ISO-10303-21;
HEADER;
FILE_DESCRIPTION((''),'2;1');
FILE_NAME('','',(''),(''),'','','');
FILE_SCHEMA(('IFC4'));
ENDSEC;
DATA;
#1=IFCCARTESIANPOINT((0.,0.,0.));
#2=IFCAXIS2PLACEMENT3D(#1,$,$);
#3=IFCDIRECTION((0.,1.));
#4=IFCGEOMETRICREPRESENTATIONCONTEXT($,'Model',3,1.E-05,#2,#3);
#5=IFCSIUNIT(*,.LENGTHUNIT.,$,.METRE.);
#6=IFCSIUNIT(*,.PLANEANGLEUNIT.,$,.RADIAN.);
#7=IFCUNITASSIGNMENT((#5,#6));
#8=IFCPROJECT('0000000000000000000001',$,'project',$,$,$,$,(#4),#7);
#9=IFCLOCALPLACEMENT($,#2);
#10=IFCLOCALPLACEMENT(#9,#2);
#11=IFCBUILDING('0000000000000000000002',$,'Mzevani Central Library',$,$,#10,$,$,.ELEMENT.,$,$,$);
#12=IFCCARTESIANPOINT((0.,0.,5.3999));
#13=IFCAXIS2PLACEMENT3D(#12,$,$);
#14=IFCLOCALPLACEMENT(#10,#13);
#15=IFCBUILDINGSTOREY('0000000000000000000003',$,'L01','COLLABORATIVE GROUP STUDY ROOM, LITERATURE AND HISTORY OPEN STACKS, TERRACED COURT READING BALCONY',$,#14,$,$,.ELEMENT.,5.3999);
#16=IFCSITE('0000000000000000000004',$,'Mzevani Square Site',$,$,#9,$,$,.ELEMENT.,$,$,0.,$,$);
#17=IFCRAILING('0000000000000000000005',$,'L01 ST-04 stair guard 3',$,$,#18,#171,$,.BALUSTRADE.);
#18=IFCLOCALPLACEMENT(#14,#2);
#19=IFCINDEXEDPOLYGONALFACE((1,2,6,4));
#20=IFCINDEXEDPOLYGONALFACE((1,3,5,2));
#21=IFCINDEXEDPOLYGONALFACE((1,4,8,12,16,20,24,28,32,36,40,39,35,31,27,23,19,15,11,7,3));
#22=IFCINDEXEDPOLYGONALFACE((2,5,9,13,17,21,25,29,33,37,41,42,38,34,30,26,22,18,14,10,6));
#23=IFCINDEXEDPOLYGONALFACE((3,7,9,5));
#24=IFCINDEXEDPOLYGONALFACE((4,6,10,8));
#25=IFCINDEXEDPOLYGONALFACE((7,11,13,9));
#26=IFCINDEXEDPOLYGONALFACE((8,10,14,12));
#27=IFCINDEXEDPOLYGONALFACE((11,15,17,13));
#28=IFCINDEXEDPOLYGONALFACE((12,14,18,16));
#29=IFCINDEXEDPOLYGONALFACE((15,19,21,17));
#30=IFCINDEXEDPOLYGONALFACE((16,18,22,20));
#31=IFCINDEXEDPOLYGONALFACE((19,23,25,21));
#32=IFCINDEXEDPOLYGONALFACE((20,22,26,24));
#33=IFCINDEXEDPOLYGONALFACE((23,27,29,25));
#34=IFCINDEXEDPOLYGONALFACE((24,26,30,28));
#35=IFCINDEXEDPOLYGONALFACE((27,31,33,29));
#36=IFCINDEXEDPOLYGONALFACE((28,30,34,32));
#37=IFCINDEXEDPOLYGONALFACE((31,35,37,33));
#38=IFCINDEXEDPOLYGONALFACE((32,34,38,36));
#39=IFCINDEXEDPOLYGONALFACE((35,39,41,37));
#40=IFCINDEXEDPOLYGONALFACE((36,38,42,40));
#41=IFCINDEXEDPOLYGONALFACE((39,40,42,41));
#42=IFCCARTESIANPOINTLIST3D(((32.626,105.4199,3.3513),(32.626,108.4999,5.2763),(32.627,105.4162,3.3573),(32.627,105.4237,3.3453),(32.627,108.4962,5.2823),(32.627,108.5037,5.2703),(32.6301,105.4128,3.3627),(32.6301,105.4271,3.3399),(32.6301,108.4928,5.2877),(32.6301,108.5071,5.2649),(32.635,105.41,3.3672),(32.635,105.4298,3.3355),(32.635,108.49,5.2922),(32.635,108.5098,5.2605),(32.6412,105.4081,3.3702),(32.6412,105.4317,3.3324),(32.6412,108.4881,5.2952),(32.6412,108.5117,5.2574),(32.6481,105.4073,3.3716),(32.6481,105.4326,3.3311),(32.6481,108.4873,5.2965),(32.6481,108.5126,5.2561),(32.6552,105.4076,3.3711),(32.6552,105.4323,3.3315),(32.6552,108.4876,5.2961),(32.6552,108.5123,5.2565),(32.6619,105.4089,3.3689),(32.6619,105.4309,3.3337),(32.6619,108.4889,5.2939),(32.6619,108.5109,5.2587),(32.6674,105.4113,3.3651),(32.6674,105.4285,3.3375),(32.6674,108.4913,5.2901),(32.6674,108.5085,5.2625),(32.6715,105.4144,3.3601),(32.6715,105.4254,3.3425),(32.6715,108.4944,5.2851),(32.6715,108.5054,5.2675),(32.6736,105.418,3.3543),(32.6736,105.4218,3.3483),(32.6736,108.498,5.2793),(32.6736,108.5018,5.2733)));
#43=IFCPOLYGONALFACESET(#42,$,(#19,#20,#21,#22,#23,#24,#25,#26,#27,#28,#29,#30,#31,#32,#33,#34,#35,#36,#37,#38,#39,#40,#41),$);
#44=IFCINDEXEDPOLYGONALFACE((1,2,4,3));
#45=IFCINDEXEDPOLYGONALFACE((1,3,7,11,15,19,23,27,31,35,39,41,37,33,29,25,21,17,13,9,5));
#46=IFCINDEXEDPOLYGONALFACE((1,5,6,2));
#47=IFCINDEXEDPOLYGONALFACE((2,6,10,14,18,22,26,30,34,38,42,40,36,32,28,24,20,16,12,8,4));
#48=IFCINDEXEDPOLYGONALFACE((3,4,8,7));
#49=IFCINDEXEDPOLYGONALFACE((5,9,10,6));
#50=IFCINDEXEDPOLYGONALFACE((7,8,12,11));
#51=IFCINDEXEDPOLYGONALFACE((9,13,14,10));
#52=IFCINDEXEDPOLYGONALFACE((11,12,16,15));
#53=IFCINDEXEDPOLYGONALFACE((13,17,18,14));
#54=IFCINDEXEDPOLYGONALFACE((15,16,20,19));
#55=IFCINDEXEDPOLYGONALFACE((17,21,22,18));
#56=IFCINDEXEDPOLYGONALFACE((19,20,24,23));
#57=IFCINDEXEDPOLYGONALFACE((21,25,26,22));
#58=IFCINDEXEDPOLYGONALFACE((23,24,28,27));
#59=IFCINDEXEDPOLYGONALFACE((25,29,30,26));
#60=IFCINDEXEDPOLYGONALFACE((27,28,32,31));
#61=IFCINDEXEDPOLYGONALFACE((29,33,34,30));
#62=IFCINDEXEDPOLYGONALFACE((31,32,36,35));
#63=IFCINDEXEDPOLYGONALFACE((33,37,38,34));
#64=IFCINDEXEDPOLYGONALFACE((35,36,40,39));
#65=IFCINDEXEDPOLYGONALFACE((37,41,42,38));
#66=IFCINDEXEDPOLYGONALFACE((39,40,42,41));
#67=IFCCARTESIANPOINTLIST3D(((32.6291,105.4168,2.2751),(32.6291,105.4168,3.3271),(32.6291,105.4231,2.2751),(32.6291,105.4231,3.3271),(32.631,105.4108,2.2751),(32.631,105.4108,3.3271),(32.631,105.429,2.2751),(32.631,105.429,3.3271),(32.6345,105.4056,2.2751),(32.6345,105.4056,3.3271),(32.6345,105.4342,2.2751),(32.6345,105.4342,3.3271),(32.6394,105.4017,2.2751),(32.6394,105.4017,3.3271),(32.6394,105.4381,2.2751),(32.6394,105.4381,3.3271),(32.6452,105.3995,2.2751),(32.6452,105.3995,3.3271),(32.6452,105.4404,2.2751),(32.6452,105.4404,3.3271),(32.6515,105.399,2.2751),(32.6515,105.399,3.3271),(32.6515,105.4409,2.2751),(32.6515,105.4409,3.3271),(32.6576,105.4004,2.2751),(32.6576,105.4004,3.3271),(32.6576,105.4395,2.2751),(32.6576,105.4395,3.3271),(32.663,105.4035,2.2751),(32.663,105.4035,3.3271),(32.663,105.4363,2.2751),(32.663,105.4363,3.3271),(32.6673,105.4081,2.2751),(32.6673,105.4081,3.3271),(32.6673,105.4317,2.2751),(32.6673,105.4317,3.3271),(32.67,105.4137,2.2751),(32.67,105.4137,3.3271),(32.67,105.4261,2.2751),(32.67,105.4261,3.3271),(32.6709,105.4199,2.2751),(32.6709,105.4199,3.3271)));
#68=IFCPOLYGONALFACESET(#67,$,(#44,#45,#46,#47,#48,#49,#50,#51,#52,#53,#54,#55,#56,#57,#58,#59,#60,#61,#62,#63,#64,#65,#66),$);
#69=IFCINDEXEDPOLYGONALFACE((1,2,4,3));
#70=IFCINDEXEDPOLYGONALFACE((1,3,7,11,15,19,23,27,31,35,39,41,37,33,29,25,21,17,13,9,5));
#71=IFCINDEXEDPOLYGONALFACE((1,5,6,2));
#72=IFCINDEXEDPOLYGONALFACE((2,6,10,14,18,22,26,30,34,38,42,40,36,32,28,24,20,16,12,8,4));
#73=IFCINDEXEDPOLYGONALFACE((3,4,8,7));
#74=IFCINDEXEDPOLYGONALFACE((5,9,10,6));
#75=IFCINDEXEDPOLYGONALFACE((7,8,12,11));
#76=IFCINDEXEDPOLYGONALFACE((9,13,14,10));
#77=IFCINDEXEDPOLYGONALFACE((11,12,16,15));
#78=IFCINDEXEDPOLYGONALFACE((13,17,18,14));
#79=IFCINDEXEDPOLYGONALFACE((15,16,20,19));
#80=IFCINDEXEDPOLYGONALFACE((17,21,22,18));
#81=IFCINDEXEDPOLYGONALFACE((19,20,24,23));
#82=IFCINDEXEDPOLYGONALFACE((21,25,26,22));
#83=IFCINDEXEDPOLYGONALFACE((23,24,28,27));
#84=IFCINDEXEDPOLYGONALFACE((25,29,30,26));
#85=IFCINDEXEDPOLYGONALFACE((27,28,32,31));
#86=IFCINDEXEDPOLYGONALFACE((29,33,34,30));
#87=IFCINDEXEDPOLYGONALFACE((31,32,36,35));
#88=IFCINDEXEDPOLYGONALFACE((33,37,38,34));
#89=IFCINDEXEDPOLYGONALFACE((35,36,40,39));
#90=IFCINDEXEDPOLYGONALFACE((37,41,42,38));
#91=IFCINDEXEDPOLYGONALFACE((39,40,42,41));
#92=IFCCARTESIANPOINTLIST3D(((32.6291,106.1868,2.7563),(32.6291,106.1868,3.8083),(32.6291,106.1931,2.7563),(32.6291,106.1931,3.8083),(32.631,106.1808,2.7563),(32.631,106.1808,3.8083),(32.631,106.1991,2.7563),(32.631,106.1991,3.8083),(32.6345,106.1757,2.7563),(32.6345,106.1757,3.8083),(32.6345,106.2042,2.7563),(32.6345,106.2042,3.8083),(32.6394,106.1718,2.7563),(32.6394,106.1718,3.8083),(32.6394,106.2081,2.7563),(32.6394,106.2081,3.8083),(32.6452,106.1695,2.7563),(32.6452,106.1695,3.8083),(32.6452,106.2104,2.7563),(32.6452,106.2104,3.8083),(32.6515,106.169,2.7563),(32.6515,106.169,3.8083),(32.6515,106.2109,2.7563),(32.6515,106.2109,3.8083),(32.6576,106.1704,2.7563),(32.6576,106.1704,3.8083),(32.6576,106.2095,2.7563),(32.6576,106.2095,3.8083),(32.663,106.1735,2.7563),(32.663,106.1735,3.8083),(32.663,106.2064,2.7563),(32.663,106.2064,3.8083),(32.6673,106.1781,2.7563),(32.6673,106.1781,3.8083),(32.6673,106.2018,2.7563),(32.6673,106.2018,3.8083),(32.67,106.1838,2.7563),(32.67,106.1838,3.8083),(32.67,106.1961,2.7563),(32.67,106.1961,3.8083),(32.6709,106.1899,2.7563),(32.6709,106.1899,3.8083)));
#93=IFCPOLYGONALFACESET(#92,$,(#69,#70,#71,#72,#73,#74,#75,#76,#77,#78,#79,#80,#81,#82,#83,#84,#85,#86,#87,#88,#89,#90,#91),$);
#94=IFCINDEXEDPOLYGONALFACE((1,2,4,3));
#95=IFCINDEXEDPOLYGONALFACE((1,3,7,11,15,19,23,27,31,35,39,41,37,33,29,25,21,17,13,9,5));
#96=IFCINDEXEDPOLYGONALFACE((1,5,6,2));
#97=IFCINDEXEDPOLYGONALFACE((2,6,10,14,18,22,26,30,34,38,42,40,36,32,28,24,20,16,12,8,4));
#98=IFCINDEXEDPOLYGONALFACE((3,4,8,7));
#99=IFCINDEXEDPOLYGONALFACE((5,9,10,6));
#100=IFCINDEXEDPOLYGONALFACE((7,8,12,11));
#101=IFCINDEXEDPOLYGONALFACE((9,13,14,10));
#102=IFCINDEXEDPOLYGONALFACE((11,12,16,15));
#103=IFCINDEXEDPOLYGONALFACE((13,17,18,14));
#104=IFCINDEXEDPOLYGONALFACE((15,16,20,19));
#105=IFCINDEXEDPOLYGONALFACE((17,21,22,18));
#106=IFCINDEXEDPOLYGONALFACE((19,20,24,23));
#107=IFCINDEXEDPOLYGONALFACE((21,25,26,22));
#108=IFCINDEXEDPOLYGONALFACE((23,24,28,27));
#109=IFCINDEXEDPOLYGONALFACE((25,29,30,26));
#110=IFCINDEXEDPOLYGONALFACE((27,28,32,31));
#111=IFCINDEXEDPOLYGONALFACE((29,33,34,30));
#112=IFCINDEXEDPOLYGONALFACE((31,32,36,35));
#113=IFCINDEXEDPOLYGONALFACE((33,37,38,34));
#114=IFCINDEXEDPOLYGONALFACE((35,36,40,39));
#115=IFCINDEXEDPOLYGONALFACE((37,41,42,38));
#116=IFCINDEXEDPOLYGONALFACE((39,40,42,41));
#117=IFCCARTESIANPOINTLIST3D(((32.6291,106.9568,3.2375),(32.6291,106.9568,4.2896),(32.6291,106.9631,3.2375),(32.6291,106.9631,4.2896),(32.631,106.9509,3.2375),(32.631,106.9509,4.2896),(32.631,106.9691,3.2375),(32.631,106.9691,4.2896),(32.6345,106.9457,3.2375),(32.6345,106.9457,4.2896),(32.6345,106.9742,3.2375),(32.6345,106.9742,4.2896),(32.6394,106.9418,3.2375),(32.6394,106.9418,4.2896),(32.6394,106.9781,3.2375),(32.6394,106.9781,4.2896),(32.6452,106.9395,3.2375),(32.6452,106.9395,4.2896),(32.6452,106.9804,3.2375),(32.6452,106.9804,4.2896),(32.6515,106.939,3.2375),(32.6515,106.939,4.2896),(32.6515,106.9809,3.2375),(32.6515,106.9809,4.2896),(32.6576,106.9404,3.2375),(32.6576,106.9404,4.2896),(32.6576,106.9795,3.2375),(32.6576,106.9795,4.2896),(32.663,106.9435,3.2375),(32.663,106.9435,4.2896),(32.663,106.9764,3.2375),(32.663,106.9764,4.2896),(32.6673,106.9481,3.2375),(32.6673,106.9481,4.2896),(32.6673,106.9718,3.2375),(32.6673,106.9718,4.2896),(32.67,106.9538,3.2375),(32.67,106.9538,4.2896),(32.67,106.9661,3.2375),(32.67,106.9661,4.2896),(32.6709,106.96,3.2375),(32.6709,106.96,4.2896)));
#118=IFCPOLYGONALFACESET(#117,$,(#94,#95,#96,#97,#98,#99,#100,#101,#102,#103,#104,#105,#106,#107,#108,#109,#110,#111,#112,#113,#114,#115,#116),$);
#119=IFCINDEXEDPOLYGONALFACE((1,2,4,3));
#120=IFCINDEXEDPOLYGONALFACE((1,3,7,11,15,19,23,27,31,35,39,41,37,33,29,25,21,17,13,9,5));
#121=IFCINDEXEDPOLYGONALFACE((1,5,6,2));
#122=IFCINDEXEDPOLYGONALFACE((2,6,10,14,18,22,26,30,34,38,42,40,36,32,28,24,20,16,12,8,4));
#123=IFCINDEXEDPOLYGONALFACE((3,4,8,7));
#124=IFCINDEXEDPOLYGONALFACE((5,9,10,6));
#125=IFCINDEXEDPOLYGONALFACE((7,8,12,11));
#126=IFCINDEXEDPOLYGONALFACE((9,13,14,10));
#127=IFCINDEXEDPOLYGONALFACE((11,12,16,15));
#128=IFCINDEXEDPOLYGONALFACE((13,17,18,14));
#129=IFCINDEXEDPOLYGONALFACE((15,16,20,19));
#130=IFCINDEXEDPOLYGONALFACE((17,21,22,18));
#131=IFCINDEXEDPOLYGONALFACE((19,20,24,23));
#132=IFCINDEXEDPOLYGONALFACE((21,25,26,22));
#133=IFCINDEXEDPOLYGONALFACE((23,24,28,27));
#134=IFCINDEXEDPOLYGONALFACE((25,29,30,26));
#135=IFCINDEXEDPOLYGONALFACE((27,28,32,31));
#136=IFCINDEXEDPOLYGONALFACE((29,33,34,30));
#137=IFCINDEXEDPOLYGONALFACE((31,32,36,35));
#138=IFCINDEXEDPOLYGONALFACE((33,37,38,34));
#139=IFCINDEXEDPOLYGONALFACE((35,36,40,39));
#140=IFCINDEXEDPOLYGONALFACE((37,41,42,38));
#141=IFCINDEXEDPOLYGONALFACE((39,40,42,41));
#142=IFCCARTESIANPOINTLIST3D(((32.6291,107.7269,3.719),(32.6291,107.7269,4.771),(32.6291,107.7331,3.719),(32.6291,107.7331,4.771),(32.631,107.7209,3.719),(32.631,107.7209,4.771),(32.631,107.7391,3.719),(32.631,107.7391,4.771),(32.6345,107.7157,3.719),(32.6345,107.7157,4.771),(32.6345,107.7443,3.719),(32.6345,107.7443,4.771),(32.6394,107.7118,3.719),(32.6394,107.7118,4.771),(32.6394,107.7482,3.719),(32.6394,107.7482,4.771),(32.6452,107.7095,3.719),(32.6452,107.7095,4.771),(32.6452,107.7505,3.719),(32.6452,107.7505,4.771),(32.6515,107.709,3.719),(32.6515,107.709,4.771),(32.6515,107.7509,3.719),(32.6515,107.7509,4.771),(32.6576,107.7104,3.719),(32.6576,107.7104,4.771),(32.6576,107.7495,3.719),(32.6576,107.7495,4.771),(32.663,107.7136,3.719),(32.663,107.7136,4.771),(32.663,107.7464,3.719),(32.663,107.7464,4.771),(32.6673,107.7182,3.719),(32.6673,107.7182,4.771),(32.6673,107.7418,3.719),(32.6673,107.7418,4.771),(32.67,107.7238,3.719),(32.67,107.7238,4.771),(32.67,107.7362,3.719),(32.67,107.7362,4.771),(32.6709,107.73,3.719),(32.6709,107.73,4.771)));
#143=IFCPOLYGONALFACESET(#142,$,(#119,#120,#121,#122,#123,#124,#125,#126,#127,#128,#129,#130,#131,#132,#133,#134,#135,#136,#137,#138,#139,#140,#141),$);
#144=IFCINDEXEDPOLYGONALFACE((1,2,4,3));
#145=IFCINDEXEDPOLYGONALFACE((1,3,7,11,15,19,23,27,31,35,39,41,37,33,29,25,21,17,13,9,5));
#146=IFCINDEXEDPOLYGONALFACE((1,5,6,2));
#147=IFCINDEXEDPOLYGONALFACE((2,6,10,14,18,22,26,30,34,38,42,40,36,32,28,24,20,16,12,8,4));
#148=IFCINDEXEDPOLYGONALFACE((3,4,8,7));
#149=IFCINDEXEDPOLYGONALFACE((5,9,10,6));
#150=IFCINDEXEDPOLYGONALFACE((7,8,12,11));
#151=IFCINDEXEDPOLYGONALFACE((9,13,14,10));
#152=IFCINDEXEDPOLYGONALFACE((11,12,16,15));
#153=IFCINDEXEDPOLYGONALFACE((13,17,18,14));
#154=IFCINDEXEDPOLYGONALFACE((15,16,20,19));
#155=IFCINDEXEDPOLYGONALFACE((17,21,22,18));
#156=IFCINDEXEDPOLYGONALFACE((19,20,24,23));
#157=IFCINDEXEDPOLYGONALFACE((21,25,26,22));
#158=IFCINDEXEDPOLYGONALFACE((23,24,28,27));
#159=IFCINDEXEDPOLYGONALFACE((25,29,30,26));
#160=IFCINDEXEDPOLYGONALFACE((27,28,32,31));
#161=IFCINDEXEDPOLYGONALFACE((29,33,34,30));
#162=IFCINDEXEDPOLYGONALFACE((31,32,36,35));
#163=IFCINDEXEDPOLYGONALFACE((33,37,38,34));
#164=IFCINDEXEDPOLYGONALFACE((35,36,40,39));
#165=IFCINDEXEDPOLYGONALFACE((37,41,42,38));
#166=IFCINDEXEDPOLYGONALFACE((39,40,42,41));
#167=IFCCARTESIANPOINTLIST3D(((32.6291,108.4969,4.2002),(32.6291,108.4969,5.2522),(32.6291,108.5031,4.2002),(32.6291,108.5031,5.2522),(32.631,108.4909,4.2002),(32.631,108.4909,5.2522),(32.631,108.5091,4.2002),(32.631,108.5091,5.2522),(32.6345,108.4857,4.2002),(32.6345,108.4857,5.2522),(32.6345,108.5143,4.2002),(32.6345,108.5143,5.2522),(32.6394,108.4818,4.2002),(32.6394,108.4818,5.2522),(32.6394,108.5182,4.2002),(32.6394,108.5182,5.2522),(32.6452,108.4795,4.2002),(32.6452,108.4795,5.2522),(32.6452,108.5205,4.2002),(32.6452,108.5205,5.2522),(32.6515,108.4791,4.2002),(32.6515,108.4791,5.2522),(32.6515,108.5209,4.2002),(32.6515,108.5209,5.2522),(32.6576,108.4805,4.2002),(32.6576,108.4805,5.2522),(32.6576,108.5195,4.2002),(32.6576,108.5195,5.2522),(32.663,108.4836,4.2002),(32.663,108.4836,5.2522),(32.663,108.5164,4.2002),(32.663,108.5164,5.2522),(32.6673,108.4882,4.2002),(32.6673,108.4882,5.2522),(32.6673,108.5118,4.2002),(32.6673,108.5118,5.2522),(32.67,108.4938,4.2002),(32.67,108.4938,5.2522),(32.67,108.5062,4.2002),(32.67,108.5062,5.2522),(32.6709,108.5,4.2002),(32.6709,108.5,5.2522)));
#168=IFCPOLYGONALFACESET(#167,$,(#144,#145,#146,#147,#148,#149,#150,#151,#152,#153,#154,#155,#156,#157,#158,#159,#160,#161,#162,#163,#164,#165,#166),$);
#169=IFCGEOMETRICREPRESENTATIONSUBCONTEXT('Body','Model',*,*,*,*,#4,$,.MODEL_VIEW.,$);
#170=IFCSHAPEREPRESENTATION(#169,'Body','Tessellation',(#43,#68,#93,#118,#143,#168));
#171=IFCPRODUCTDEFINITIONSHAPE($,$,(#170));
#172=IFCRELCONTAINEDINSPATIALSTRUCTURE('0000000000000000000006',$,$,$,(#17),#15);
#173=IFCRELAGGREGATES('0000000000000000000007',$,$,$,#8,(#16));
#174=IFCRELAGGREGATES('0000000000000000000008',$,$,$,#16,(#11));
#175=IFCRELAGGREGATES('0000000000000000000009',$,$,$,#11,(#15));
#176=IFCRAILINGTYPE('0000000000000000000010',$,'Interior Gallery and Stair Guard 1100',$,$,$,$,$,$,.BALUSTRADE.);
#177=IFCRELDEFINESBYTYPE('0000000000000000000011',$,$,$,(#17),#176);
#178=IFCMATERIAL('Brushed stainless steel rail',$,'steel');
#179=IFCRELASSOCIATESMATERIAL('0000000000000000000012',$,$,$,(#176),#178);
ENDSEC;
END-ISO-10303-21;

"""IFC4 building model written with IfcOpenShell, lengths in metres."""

from ifc_helpers import new_model, si_unit, direction, frame, origin, origin_2d, place, context, subcontext, project, spatial, circle, extrude, material, type_object, element, save


model = new_model("IFC4")

# Units and contexts
model_context = context("Model", 3, precision=1e-05, world=origin(), true_north=direction((0.0, 1.0)))
body_context = subcontext(model_context, "Body", "Model", "MODEL_VIEW")
ifc_project = project(units=[si_unit("LENGTHUNIT", "METRE"), si_unit("PLANEANGLEUNIT", "RADIAN")], contexts=[model_context])

# Site, building, storey
site_placement = place(None, origin())
site = spatial("IfcSite", under=ifc_project, at=site_placement, Name="Mzevani Square Site", CompositionType="ELEMENT", RefElevation=0.0)
building_placement = place(site_placement, origin())
building = spatial("IfcBuilding", under=site, at=building_placement, Name="Mzevani Central Library", CompositionType="ELEMENT")
storey_placement = place(building_placement, frame((0.0, 0.0, 5.3999)))
storey = spatial("IfcBuildingStorey", under=building, at=storey_placement, Name="L01", Description="COLLABORATIVE GROUP STUDY ROOM, LITERATURE AND HISTORY OPEN STACKS, TERRACED COURT READING BALCONY", CompositionType="ELEMENT", Elevation=5.3999)

# Railing
ifc_material_1 = material(Name="Brushed stainless steel rail", Category="steel")
railing_type_1 = type_object("IfcRailingType", Name="Interior Gallery and Stair Guard 1100", PredefinedType="BALUSTRADE", material=ifc_material_1)
railing_1_placement = place(storey_placement, frame((32.6499, 105.4199, 2.2751)))
element("IfcRailing", 1, at=railing_1_placement, inside=storey, type_object=railing_type_1, Name="L01 ST-04 stair guard 3", PredefinedType="BALUSTRADE", context=body_context, shape_type="SweptSolid", body=[
    extrude(circle(Radius=0.0239, at=origin_2d()), frame((0.0, 0.0, 1.0762), z_axis=(0.0, 0.847998, 0.529999), x_axis=(-1.0, 0.0, 0.0)), (0.0, 0.0, 1.0), 3.6321),
    extrude(circle(Radius=0.021, at=origin_2d()), origin(), (0.0, 0.0, 1.0), 1.052),
    extrude(circle(Radius=0.021, at=origin_2d()), frame((0.0, 0.77, 0.4812)), (0.0, 0.0, 1.0), 1.052),
    extrude(circle(Radius=0.021, at=origin_2d()), frame((0.0, 1.54, 0.9624)), (0.0, 0.0, 1.0), 1.052),
    extrude(circle(Radius=0.021, at=origin_2d()), frame((0.0, 2.3101, 1.4438)), (0.0, 0.0, 1.0), 1.052),
    extrude(circle(Radius=0.021, at=origin_2d()), frame((0.0, 3.0801, 1.925)), (0.0, 0.0, 1.0), 1.052),
])

save(model, "model.ifc")
